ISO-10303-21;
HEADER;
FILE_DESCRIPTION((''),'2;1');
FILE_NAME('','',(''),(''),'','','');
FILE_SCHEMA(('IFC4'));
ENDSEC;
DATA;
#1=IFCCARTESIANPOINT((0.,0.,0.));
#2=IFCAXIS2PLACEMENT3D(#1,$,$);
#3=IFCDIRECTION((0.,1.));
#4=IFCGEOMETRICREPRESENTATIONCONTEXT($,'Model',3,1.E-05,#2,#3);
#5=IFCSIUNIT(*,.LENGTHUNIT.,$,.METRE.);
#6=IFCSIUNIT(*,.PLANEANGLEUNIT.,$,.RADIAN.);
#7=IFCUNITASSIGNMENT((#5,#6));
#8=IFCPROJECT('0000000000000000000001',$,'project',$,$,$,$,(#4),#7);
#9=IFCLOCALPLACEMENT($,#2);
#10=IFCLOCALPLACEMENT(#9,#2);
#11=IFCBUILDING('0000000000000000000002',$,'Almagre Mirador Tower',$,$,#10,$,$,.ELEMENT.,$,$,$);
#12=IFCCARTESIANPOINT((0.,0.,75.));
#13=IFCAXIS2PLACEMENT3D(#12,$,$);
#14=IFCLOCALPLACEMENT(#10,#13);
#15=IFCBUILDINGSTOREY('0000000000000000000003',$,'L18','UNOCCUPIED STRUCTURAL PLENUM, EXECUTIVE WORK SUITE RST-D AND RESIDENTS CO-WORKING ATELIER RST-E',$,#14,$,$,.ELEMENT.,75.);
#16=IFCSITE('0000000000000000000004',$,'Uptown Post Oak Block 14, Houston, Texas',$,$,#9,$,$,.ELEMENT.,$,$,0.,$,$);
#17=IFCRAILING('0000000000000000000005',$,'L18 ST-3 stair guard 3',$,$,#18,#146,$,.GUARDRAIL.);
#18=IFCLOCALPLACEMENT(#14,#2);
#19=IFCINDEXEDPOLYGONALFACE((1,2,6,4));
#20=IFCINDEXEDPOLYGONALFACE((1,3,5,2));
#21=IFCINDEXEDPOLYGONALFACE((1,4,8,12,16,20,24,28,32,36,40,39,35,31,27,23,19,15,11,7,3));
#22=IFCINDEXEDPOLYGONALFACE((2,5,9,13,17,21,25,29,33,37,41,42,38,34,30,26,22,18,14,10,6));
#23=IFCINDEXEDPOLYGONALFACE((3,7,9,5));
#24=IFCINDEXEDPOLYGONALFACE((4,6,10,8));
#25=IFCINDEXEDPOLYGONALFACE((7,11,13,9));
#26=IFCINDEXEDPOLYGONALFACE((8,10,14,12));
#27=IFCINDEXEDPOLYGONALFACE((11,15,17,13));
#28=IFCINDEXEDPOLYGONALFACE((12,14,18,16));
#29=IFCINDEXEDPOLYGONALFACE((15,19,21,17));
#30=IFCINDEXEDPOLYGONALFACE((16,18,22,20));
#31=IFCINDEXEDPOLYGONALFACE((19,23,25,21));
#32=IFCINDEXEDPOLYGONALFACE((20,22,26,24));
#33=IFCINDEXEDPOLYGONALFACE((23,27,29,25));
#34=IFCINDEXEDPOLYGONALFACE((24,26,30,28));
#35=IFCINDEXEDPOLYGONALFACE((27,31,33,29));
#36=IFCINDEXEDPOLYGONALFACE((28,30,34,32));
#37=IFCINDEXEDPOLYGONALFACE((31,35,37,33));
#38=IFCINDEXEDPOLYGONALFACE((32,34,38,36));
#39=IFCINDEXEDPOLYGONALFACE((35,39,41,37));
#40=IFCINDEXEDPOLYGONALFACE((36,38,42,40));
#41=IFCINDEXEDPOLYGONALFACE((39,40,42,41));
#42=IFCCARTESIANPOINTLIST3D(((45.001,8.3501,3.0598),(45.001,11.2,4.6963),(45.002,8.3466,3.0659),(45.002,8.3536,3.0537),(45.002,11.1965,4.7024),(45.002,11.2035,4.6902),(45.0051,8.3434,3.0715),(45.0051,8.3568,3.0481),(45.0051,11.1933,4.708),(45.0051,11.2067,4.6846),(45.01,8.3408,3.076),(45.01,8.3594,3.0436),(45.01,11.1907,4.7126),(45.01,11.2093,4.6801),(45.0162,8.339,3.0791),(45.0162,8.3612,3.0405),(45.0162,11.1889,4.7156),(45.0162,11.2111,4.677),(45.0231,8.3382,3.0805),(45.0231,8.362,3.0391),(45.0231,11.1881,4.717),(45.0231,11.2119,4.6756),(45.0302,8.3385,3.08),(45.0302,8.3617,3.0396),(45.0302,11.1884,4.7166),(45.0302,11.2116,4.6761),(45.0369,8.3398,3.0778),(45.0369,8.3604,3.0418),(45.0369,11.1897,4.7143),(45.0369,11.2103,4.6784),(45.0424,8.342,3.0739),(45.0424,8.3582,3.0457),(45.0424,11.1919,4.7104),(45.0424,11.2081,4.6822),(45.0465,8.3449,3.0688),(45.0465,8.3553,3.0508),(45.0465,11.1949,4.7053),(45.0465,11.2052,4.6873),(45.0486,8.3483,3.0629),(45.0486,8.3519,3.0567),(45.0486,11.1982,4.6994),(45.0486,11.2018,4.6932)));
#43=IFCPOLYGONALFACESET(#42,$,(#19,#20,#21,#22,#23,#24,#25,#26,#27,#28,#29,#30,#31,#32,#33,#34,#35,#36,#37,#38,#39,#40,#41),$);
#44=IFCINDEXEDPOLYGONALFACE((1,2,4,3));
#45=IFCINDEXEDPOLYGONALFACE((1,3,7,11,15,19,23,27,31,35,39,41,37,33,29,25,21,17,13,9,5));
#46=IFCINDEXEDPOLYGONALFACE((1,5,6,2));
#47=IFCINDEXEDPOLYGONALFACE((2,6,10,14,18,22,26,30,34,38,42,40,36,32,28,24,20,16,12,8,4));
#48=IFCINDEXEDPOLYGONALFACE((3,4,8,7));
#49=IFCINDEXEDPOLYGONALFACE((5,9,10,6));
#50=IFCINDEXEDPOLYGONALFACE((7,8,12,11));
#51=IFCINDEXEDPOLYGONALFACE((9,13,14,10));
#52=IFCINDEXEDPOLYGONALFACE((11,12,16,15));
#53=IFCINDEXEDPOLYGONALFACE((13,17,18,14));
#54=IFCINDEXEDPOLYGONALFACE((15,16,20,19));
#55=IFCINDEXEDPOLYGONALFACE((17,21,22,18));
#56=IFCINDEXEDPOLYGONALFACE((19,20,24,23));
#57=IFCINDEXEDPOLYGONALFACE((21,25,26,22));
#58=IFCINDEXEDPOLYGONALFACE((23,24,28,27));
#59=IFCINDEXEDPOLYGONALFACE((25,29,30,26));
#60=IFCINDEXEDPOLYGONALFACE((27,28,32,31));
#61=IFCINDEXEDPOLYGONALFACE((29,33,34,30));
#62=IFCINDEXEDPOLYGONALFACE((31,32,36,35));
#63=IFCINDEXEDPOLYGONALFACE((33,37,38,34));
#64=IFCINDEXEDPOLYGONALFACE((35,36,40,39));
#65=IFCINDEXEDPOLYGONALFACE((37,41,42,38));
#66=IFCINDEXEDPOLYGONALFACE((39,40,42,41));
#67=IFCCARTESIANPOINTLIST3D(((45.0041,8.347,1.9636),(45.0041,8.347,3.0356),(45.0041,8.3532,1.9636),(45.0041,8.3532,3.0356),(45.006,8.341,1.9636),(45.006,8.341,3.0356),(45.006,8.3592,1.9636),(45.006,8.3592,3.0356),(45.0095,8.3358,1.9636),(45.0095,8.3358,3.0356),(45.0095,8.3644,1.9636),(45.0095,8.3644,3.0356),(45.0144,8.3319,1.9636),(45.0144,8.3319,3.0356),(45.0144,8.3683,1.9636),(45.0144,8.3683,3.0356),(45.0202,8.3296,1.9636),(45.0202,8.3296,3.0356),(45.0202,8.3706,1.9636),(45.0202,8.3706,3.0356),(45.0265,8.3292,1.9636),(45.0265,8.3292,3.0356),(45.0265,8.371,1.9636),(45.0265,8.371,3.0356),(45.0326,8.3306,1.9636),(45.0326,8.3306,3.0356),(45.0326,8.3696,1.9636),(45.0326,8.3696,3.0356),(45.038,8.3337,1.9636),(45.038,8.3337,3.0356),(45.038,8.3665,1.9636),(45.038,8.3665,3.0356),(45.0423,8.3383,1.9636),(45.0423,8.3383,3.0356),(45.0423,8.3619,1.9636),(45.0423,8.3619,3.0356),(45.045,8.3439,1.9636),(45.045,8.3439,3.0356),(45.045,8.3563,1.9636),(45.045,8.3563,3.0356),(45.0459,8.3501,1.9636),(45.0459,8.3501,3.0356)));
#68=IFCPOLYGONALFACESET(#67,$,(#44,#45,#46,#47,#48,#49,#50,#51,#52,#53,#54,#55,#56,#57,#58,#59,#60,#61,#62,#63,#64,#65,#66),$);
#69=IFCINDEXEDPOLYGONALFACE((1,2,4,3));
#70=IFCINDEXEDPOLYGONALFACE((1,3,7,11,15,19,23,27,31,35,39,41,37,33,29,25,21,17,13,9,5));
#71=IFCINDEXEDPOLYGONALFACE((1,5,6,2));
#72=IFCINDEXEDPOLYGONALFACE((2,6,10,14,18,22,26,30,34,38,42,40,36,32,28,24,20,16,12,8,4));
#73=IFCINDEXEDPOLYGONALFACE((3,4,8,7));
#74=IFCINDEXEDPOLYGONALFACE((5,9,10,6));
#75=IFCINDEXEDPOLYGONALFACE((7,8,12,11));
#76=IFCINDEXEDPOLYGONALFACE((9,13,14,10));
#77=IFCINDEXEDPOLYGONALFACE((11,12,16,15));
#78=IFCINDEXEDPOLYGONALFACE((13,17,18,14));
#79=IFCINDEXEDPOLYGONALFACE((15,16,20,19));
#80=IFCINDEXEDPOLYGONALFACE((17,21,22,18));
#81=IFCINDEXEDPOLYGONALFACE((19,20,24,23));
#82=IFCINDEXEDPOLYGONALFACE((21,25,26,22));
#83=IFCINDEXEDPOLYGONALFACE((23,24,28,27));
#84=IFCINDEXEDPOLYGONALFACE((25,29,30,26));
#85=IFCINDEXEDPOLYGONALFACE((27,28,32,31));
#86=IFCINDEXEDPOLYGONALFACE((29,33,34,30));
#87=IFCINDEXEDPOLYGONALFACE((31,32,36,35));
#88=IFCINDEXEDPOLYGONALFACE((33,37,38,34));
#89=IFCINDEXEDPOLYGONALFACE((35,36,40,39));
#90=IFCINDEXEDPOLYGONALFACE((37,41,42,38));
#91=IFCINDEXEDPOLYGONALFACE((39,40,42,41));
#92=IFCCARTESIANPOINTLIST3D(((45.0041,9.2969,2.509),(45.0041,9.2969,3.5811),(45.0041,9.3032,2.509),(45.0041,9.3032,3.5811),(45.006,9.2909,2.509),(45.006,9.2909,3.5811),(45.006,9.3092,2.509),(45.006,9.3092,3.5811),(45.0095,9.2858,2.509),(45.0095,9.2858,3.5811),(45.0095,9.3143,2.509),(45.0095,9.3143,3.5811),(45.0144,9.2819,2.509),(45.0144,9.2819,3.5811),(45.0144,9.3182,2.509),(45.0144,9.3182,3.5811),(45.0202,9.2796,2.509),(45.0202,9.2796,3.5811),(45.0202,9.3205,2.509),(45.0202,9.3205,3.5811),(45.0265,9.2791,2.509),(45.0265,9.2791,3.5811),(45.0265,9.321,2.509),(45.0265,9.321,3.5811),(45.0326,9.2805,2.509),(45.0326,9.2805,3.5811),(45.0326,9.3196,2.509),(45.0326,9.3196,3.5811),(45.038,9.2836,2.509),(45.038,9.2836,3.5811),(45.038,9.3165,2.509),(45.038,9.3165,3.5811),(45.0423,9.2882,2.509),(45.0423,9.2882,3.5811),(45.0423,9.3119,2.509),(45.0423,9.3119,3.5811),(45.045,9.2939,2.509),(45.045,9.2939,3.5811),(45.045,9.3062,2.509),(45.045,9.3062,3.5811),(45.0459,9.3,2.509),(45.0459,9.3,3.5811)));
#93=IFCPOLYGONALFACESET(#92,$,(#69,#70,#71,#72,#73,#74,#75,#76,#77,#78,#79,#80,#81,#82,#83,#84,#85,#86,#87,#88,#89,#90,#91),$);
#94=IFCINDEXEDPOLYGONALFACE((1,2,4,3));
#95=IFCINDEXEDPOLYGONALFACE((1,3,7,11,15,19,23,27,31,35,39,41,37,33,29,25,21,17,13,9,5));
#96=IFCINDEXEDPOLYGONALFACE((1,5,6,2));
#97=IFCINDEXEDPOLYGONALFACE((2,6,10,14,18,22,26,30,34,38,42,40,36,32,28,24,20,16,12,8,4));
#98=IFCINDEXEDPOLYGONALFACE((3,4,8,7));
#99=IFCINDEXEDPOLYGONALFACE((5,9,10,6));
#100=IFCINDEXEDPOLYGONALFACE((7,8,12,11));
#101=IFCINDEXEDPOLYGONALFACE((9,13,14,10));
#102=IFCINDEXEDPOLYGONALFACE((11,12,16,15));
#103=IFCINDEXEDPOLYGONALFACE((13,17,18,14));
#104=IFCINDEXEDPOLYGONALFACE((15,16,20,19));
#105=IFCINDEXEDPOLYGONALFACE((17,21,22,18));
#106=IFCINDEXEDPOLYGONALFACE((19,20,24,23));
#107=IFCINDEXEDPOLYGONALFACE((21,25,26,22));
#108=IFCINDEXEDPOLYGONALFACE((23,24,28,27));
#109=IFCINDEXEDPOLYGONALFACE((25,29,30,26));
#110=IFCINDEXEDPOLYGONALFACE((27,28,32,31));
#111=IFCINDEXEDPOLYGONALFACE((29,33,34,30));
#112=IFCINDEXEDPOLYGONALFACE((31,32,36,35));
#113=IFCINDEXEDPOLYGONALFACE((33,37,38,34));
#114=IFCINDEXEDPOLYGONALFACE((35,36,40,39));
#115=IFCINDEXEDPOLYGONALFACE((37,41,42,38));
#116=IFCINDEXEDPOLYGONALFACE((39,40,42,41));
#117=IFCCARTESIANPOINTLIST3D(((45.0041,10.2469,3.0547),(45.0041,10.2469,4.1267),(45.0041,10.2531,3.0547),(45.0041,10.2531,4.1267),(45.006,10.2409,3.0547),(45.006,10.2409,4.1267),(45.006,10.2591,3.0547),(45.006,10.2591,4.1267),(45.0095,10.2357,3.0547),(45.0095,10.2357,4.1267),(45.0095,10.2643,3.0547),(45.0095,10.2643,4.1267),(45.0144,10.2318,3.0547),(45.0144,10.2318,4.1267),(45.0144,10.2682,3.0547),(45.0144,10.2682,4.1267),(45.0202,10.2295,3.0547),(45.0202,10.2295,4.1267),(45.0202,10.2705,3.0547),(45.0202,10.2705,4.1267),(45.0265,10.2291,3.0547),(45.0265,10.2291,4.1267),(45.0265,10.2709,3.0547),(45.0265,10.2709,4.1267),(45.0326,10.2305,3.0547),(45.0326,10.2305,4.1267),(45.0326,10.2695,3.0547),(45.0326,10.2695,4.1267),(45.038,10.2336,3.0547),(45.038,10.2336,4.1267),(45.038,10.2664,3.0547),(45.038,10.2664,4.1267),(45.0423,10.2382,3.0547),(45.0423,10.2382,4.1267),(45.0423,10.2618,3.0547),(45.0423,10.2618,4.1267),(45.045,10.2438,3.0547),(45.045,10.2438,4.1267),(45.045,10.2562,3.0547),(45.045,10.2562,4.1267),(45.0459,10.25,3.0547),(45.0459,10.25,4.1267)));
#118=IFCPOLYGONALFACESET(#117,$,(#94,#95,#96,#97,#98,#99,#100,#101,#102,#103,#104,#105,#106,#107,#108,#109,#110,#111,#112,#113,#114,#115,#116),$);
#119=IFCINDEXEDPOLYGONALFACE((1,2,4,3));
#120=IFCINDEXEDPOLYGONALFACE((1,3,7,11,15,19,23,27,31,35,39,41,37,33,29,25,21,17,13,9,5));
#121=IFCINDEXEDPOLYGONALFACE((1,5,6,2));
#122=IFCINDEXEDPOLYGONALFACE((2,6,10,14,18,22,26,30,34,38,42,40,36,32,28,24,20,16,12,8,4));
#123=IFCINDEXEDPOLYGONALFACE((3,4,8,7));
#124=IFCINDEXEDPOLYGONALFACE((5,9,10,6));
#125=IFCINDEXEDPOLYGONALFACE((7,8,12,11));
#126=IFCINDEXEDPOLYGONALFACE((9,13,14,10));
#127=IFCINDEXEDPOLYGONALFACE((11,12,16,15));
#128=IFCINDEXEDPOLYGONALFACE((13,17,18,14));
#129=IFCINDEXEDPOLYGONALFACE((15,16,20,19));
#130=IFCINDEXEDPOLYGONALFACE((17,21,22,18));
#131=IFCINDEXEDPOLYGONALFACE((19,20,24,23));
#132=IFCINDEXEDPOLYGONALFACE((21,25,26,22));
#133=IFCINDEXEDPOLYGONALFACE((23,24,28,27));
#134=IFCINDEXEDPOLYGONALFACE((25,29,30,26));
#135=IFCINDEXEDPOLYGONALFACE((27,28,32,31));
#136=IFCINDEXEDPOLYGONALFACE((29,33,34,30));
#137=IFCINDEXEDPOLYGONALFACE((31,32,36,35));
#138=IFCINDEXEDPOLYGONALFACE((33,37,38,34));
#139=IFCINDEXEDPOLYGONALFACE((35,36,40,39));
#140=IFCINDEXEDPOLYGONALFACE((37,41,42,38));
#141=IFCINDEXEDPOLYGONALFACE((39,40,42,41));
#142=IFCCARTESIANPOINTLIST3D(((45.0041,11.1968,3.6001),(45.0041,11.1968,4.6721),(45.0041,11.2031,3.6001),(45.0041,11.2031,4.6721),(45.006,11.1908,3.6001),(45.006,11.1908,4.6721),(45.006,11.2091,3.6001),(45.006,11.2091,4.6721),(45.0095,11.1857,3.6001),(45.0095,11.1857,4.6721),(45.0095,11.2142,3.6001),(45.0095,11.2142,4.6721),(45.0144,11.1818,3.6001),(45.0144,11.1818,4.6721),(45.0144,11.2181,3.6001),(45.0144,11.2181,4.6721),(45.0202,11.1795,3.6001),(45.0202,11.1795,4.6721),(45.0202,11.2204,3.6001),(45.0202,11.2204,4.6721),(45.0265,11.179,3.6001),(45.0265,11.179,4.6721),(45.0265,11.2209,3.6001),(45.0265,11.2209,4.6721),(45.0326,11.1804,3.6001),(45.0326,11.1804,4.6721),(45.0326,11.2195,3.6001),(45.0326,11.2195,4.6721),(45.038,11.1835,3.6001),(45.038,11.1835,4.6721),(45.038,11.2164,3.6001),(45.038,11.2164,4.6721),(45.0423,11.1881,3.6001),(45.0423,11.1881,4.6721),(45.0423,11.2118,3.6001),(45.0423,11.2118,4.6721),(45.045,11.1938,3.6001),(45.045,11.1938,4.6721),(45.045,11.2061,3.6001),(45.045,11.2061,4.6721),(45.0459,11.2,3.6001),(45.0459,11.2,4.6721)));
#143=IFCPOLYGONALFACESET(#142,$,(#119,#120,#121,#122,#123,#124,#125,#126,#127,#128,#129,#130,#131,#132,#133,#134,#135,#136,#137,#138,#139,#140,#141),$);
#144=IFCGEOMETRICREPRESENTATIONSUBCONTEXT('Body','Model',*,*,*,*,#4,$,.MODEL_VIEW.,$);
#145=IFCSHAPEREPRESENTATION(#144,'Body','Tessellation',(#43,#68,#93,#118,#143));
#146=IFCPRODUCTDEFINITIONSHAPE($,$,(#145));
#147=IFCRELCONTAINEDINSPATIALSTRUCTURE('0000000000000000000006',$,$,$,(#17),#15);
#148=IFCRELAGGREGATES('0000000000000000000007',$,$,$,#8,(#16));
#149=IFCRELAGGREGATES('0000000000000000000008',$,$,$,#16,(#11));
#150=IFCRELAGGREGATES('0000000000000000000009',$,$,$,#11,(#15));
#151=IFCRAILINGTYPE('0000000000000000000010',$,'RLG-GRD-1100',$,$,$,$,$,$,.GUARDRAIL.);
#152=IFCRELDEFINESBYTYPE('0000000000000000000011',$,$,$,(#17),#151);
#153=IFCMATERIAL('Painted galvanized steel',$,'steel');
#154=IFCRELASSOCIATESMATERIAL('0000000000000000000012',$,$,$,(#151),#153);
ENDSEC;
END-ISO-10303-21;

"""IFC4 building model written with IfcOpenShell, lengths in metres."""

from ifc_helpers import new_model, si_unit, direction, frame, origin, origin_2d, place, context, subcontext, project, spatial, circle, extrude, material, type_object, element, save


model = new_model("IFC4")

# Units and contexts
model_context = context("Model", 3, precision=1e-05, world=origin(), true_north=direction((0.0, 1.0)))
body_context = subcontext(model_context, "Body", "Model", "MODEL_VIEW")
ifc_project = project(units=[si_unit("LENGTHUNIT", "METRE"), si_unit("PLANEANGLEUNIT", "RADIAN")], contexts=[model_context])

# Site, building, storey
site_placement = place(None, origin())
site = spatial("IfcSite", under=ifc_project, at=site_placement, Name="Uptown Post Oak Block 14, Houston, Texas", CompositionType="ELEMENT", RefElevation=0.0)
building_placement = place(site_placement, origin())
building = spatial("IfcBuilding", under=site, at=building_placement, Name="Almagre Mirador Tower", CompositionType="ELEMENT")
storey_placement = place(building_placement, frame((0.0, 0.0, 75.0)))
storey = spatial("IfcBuildingStorey", under=building, at=storey_placement, Name="L18", Description="UNOCCUPIED STRUCTURAL PLENUM, EXECUTIVE WORK SUITE RST-D AND RESIDENTS CO-WORKING ATELIER RST-E", CompositionType="ELEMENT", Elevation=75.0)

# Railing
ifc_material_1 = material(Name="Painted galvanized steel", Category="steel")
railing_type_1 = type_object("IfcRailingType", Name="RLG-GRD-1100", PredefinedType="GUARDRAIL", material=ifc_material_1)
railing_1_placement = place(storey_placement, frame((45.0249, 8.3501, 1.9636)))
element("IfcRailing", 1, at=railing_1_placement, inside=storey, type_object=railing_type_1, Name="L18 ST-3 stair guard 3", PredefinedType="GUARDRAIL", context=body_context, shape_type="SweptSolid", body=[
    extrude(circle(Radius=0.0239, at=origin_2d()), frame((0.0, 0.0, 1.0962), z_axis=(0.0, 0.867194, 0.49797), x_axis=(-1.0, 0.0, 0.0)), (0.0, 0.0, 1.0), 3.2864),
    extrude(circle(Radius=0.021, at=origin_2d()), origin(), (0.0, 0.0, 1.0), 1.072),
    extrude(circle(Radius=0.021, at=origin_2d()), frame((0.0, 0.95, 0.5454)), (0.0, 0.0, 1.0), 1.072),
    extrude(circle(Radius=0.021, at=origin_2d()), frame((0.0, 1.8999, 1.0911)), (0.0, 0.0, 1.0), 1.072),
    extrude(circle(Radius=0.021, at=origin_2d()), frame((0.0, 2.8499, 1.6365)), (0.0, 0.0, 1.0), 1.072),
])

save(model, "model.ifc")
